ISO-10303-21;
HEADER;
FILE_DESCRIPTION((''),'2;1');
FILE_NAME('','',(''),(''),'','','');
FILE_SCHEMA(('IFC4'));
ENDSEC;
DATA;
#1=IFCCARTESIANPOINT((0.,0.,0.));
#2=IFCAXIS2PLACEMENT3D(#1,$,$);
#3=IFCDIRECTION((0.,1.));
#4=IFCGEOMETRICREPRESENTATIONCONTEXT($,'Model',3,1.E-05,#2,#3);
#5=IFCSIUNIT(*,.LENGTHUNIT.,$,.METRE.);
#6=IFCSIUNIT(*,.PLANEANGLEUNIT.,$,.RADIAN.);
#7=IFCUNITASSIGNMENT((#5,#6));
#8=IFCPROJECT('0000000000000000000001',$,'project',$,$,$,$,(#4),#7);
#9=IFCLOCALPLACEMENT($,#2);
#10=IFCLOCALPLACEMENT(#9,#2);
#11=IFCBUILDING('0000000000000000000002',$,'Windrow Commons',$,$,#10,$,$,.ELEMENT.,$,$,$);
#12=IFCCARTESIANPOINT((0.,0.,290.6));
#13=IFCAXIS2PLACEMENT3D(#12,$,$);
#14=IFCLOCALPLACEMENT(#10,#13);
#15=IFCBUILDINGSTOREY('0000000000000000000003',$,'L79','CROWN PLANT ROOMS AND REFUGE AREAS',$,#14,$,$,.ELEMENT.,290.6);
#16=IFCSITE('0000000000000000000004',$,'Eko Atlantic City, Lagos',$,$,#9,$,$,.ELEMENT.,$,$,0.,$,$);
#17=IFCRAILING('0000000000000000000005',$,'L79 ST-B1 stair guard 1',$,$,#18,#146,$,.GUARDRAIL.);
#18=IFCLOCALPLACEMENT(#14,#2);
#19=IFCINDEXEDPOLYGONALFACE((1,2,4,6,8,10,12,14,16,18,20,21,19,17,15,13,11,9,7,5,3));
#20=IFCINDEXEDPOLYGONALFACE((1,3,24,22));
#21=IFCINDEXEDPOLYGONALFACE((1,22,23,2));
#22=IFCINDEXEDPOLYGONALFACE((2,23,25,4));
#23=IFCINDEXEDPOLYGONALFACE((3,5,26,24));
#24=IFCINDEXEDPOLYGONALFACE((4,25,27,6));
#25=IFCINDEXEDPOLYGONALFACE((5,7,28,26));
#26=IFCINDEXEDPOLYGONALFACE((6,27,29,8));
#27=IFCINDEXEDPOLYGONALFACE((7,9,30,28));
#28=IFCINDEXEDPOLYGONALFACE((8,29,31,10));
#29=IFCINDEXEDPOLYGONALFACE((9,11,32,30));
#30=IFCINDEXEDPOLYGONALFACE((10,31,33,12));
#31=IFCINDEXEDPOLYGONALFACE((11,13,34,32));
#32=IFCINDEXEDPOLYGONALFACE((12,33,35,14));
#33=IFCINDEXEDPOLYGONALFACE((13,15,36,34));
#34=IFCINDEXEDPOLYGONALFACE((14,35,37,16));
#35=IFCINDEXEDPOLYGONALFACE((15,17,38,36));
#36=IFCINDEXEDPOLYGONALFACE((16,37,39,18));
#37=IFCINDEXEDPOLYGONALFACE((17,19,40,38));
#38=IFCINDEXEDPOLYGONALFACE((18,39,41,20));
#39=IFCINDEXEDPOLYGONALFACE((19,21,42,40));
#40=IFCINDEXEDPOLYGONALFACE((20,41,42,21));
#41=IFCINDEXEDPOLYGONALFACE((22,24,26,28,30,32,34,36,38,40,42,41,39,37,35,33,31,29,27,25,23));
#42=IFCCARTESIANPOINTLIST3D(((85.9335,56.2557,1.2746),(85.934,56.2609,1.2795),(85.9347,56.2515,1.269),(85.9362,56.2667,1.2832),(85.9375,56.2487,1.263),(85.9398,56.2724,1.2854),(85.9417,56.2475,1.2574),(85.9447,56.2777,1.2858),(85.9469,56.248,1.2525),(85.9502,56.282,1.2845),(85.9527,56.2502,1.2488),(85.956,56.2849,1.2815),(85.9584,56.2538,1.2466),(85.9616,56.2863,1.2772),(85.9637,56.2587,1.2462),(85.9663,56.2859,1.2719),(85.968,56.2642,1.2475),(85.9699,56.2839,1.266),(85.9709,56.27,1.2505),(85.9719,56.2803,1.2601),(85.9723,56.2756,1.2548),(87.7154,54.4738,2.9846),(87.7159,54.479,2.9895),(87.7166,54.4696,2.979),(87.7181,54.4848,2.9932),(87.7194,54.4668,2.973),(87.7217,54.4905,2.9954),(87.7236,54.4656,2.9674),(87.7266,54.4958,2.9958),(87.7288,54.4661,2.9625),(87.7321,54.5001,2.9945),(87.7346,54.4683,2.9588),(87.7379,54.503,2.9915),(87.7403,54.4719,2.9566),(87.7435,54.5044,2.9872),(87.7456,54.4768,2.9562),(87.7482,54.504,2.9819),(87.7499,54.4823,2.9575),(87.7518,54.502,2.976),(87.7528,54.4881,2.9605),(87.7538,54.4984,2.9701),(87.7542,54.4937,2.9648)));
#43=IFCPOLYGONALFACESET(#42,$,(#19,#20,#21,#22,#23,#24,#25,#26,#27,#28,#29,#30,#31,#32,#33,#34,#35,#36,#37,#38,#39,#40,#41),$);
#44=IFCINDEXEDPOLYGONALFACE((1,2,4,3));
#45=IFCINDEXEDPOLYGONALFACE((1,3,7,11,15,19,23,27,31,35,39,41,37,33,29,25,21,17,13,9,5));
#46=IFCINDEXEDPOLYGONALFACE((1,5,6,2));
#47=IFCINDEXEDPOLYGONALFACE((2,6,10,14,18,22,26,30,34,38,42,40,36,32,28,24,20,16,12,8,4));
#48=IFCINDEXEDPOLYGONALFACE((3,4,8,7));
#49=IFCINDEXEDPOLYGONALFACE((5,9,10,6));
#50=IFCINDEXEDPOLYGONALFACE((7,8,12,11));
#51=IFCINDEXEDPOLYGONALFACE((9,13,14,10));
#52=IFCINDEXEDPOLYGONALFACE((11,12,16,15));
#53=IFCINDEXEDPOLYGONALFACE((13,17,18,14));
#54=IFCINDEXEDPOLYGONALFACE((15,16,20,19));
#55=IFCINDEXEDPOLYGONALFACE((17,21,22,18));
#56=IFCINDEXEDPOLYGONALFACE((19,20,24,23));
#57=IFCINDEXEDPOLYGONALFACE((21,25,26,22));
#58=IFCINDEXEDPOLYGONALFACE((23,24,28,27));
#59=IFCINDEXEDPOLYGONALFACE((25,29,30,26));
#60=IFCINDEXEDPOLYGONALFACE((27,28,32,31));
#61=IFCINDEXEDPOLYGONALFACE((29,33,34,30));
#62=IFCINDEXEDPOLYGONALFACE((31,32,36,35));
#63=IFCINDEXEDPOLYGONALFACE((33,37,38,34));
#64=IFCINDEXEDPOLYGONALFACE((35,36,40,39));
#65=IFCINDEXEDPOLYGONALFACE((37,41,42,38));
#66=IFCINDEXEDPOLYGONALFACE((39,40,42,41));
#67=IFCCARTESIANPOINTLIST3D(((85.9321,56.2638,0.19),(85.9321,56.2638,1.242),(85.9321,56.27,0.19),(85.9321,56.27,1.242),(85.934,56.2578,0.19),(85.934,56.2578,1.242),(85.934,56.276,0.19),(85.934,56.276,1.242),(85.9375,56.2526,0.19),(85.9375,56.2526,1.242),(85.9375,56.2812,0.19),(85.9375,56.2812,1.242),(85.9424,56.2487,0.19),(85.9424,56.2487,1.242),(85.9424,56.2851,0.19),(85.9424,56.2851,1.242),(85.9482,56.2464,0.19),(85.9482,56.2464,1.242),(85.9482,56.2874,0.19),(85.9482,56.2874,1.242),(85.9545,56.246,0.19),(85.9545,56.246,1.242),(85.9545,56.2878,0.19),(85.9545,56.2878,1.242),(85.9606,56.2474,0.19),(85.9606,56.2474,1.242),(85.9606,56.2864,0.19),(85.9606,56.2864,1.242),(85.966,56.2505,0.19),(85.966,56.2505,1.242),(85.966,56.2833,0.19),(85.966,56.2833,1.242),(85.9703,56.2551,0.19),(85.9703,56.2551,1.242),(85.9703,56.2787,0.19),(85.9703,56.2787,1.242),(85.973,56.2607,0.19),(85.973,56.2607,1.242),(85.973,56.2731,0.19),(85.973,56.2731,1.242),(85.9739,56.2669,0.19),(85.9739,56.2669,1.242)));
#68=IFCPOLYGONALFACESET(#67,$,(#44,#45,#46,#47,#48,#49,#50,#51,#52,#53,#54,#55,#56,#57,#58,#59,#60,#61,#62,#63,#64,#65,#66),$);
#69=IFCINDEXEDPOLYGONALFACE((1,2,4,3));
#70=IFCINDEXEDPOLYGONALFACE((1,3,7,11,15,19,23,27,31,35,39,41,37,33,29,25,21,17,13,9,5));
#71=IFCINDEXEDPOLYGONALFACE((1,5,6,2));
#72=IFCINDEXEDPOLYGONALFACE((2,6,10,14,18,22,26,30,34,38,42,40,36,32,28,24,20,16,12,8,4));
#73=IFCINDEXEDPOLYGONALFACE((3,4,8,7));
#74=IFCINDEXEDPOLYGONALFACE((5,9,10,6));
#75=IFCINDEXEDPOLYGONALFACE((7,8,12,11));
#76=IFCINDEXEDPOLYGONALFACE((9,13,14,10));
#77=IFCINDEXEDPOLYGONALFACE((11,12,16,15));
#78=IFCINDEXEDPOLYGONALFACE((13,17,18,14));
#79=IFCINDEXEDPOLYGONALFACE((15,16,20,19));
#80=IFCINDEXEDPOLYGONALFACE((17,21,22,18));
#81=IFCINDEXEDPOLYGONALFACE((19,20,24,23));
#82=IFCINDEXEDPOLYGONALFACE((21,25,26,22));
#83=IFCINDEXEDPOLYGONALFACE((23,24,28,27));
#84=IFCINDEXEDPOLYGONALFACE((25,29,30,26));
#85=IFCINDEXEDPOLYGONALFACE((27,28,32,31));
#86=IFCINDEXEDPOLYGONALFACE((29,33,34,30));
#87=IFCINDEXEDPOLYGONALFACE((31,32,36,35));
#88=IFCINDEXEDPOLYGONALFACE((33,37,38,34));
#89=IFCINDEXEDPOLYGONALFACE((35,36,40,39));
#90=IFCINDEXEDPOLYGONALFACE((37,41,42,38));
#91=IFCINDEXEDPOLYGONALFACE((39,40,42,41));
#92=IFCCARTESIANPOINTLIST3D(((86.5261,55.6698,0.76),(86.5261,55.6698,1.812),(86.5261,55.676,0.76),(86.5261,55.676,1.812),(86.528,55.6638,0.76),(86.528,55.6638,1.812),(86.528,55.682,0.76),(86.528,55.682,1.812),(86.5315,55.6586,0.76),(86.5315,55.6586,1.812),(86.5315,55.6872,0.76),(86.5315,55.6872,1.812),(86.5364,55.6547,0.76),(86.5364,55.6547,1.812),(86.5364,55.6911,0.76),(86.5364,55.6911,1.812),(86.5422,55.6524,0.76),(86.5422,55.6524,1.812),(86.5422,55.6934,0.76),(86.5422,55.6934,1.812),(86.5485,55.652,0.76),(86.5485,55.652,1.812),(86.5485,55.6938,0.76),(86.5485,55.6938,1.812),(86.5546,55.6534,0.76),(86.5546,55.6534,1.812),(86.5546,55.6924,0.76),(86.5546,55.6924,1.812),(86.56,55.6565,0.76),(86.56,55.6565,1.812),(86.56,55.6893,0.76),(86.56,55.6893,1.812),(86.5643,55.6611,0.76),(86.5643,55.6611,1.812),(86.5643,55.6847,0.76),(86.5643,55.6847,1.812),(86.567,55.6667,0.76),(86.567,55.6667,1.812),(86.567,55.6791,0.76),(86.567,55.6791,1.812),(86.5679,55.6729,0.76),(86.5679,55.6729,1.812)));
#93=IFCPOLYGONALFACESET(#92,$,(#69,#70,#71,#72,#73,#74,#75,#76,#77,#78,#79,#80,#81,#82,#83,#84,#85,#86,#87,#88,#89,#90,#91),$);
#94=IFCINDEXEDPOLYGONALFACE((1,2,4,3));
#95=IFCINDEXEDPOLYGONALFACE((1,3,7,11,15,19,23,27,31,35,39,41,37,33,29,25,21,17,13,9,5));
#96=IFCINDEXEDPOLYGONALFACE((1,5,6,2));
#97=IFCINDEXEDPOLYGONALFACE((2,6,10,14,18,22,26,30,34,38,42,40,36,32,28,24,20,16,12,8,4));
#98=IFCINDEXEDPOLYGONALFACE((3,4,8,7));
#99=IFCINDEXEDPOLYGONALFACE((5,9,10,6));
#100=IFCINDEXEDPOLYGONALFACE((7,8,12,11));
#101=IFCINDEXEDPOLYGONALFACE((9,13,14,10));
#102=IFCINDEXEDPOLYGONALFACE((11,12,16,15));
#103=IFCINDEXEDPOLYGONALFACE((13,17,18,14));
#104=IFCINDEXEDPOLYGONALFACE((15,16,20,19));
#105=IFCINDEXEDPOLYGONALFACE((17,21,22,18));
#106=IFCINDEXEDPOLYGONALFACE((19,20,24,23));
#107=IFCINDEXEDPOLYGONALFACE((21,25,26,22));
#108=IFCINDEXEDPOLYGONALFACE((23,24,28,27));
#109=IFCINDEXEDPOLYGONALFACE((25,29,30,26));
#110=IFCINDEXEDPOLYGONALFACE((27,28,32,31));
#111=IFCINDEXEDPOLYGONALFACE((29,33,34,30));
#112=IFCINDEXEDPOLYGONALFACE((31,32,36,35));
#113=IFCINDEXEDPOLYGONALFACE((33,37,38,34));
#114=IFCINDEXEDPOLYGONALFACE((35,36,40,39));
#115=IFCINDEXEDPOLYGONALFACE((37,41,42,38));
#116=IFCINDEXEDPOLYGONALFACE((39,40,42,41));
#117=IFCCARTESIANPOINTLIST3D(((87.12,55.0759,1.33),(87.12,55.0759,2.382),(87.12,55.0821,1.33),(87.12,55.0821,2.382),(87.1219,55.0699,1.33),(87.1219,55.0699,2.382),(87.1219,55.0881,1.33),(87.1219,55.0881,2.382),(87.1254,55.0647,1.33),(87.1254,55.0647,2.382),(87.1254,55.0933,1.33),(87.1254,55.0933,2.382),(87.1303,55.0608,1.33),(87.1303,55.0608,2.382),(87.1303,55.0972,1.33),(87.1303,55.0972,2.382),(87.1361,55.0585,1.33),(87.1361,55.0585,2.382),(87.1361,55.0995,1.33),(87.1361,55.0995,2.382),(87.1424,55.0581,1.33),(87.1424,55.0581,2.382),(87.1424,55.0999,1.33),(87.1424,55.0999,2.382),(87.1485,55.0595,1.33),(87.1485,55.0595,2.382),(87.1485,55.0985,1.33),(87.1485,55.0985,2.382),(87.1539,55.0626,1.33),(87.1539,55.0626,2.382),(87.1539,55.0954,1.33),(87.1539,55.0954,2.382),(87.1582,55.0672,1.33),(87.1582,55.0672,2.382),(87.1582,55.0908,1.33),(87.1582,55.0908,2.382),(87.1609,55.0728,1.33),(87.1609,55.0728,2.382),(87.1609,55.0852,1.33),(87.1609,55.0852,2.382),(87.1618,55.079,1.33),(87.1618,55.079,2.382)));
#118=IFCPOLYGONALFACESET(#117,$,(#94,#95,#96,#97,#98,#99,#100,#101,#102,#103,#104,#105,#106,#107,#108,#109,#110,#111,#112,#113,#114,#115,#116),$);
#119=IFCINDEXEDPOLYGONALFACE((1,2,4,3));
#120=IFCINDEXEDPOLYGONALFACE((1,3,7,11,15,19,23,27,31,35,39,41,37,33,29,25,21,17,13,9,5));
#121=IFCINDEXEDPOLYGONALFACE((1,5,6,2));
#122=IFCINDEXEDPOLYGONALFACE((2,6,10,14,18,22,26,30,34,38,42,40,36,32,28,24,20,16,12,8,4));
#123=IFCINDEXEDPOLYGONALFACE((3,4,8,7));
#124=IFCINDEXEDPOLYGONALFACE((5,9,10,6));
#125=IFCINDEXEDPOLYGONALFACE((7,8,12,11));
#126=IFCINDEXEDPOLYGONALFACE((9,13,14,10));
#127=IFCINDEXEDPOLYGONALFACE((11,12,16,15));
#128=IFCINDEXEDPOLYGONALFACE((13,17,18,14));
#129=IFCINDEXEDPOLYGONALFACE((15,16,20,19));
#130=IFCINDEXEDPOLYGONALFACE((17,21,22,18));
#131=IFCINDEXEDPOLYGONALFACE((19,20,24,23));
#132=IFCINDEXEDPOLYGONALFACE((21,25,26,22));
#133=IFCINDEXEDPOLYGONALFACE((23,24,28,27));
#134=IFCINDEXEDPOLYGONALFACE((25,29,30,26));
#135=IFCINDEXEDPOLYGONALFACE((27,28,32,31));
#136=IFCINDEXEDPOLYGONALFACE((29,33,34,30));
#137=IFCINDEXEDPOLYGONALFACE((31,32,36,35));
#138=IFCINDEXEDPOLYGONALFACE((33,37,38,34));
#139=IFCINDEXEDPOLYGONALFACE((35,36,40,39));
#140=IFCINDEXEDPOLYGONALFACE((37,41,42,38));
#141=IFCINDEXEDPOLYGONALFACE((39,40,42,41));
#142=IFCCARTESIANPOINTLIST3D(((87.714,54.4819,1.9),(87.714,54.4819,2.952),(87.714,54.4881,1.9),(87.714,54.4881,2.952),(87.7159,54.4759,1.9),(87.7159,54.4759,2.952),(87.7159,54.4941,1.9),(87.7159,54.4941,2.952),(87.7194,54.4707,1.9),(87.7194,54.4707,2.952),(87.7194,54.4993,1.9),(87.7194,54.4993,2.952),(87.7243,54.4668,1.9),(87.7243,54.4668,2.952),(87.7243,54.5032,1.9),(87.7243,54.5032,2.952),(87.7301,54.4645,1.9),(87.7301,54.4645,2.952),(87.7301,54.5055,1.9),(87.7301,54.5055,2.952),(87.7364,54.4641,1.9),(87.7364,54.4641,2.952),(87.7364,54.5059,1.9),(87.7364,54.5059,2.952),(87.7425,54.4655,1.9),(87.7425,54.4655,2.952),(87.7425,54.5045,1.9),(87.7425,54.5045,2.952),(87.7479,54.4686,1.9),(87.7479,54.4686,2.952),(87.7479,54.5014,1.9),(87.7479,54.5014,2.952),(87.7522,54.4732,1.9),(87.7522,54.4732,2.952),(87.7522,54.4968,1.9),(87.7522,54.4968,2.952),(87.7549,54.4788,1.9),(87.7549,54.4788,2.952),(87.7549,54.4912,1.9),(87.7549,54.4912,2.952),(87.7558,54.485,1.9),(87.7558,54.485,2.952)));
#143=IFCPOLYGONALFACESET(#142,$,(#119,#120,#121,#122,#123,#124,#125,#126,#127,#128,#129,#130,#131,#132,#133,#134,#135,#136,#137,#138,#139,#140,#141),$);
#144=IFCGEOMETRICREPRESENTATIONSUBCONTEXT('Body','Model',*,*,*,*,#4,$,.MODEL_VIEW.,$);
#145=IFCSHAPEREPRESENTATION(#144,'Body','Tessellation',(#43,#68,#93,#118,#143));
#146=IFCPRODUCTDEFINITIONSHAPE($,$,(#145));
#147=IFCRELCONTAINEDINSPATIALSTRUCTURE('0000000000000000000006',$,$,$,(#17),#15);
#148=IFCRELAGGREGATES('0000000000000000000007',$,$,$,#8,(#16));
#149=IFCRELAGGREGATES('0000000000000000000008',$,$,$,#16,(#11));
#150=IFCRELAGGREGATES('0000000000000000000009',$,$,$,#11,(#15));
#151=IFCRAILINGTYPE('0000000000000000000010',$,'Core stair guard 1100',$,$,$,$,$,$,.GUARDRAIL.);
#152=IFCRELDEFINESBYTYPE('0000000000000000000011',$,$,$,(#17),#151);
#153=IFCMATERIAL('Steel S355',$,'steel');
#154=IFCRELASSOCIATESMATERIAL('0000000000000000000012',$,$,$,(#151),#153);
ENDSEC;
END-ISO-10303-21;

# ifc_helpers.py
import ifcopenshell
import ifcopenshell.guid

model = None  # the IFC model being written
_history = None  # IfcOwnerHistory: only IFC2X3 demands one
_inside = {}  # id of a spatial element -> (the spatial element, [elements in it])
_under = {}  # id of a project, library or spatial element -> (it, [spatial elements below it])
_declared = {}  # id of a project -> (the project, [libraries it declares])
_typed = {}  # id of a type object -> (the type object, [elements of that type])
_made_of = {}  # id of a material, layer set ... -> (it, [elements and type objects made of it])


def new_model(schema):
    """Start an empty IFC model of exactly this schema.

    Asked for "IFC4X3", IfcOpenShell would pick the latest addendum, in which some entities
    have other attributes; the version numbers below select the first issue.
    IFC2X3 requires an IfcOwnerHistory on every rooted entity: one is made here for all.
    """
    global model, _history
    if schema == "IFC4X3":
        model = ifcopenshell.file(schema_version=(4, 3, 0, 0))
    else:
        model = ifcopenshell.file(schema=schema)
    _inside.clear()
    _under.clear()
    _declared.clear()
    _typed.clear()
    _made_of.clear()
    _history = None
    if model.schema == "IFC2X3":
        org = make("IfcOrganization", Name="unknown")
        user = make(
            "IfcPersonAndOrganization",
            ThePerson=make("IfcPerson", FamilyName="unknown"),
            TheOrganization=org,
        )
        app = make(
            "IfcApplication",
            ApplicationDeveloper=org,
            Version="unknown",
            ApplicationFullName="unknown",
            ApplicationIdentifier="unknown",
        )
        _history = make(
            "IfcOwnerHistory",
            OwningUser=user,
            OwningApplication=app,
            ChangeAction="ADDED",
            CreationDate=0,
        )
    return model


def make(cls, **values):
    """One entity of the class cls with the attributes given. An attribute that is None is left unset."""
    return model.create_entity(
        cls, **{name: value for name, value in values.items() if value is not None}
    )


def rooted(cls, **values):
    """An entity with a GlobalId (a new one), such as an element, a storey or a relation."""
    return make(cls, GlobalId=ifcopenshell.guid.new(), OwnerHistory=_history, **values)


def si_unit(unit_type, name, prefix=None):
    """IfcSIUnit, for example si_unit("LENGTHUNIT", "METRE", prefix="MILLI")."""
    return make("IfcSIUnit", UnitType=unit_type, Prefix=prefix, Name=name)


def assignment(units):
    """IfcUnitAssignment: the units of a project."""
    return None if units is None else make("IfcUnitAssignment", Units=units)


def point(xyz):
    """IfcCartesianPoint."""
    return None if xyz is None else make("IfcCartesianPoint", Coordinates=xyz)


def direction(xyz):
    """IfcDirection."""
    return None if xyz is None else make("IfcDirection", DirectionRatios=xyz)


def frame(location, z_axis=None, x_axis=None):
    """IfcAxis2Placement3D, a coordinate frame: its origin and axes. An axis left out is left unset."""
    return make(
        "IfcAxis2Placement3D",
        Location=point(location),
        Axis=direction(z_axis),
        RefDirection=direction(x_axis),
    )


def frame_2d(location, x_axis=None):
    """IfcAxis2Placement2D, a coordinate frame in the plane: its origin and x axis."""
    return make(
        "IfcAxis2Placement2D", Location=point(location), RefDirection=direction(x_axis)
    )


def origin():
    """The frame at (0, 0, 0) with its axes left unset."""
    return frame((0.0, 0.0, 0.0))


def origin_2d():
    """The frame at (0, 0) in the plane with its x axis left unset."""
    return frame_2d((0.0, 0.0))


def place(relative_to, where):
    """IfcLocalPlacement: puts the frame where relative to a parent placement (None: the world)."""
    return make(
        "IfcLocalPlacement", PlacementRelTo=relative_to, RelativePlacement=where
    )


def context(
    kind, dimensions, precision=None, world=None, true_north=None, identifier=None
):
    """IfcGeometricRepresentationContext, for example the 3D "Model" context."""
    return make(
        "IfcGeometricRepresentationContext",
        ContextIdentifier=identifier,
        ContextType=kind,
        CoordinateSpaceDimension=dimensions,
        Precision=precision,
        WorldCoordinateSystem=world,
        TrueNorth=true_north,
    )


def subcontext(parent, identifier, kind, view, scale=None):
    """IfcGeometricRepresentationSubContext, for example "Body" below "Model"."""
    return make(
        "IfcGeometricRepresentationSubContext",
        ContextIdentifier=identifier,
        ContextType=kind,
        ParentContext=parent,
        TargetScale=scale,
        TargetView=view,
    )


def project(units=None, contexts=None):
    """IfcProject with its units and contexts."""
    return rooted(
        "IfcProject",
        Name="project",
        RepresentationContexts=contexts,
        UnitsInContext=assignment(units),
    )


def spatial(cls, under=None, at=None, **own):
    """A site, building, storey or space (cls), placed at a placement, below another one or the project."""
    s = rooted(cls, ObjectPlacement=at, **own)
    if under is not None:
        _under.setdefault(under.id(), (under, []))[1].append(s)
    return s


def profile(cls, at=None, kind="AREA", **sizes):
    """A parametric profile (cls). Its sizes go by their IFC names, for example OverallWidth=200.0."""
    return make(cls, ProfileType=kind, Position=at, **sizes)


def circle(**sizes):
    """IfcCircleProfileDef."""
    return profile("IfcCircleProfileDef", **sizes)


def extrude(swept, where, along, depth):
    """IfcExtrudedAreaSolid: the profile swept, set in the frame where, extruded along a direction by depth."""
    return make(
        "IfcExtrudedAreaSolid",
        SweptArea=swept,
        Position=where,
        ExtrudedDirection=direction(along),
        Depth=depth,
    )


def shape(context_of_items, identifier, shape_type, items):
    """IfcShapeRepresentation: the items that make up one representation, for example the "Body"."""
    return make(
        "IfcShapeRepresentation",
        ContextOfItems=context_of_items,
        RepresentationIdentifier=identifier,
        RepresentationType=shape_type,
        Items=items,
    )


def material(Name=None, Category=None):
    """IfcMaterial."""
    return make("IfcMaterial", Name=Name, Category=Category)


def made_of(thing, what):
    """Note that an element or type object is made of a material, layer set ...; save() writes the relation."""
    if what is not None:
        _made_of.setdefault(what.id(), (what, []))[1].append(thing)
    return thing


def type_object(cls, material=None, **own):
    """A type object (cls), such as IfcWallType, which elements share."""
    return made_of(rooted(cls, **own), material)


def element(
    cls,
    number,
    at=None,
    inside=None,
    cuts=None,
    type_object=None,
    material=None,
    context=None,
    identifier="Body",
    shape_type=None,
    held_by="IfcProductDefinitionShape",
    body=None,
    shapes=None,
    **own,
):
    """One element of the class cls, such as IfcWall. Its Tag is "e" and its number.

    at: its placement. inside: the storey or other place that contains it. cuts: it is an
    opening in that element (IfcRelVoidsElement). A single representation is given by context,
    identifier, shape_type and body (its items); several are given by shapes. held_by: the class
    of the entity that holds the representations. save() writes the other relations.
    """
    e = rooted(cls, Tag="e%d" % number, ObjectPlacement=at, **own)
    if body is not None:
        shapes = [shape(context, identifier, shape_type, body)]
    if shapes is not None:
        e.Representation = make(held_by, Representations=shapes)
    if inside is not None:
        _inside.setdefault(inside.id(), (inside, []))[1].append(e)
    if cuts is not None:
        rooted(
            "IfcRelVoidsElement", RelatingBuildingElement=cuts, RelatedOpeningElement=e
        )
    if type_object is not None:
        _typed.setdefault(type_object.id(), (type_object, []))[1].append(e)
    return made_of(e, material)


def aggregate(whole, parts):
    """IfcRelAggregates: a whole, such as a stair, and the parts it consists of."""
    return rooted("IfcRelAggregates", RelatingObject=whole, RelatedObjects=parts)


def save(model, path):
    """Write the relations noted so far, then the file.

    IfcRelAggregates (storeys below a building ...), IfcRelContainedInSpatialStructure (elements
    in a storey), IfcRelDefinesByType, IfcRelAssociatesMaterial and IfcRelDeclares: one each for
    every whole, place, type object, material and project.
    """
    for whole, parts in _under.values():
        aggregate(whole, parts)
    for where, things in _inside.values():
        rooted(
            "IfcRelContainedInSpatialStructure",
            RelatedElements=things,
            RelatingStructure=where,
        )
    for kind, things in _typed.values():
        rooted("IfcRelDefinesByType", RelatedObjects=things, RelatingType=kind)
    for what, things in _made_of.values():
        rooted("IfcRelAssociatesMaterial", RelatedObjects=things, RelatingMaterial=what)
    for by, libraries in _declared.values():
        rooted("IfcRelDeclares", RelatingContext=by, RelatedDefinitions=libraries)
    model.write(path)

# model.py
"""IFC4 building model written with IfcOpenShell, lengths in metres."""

from ifc_helpers import new_model, si_unit, direction, frame, origin, origin_2d, place, context, subcontext, project, spatial, circle, extrude, material, type_object, element, save


model = new_model("IFC4")

# Units and contexts
model_context = context("Model", 3, precision=1e-05, world=origin(), true_north=direction((0.0, 1.0)))
body_context = subcontext(model_context, "Body", "Model", "MODEL_VIEW")
ifc_project = project(units=[si_unit("LENGTHUNIT", "METRE"), si_unit("PLANEANGLEUNIT", "RADIAN")], contexts=[model_context])

# Site, building, storey
site_placement = place(None, origin())
site = spatial("IfcSite", under=ifc_project, at=site_placement, Name="Eko Atlantic City, Lagos", CompositionType="ELEMENT", RefElevation=0.0)
building_placement = place(site_placement, origin())
building = spatial("IfcBuilding", under=site, at=building_placement, Name="Windrow Commons", CompositionType="ELEMENT")
storey_placement = place(building_placement, frame((0.0, 0.0, 290.6)))
storey = spatial("IfcBuildingStorey", under=building, at=storey_placement, Name="L79", Description="CROWN PLANT ROOMS AND REFUGE AREAS", CompositionType="ELEMENT", Elevation=290.6)

# Railing
ifc_material_1 = material(Name="Steel S355", Category="steel")
railing_type_1 = type_object("IfcRailingType", Name="Core stair guard 1100", PredefinedType="GUARDRAIL", material=ifc_material_1)
railing_1_placement = place(storey_placement, frame((85.9529, 56.2669, 0.19)))
element("IfcRailing", 1, at=railing_1_placement, inside=storey, type_object=railing_type_1, Name="L79 ST-B1 stair guard 1", PredefinedType="GUARDRAIL", context=body_context, shape_type="SweptSolid", body=[
    extrude(circle(Radius=0.024, at=origin_2d()), frame((0.0, 0.0, 1.076), z_axis=(0.585113, -0.585113, 0.561503), x_axis=(0.707107, 0.707107, 0.0)), (0.0, 0.0, 1.0), 3.0454),
    extrude(circle(Radius=0.021, at=origin_2d()), origin(), (0.0, 0.0, 1.0), 1.052),
    extrude(circle(Radius=0.021, at=origin_2d()), frame((0.594, -0.594, 0.57)), (0.0, 0.0, 1.0), 1.052),
    extrude(circle(Radius=0.021, at=origin_2d()), frame((1.1879, -1.1879, 1.14)), (0.0, 0.0, 1.0), 1.052),
    extrude(circle(Radius=0.021, at=origin_2d()), frame((1.7819, -1.7819, 1.71)), (0.0, 0.0, 1.0), 1.052),
])

save(model, "model.ifc")
